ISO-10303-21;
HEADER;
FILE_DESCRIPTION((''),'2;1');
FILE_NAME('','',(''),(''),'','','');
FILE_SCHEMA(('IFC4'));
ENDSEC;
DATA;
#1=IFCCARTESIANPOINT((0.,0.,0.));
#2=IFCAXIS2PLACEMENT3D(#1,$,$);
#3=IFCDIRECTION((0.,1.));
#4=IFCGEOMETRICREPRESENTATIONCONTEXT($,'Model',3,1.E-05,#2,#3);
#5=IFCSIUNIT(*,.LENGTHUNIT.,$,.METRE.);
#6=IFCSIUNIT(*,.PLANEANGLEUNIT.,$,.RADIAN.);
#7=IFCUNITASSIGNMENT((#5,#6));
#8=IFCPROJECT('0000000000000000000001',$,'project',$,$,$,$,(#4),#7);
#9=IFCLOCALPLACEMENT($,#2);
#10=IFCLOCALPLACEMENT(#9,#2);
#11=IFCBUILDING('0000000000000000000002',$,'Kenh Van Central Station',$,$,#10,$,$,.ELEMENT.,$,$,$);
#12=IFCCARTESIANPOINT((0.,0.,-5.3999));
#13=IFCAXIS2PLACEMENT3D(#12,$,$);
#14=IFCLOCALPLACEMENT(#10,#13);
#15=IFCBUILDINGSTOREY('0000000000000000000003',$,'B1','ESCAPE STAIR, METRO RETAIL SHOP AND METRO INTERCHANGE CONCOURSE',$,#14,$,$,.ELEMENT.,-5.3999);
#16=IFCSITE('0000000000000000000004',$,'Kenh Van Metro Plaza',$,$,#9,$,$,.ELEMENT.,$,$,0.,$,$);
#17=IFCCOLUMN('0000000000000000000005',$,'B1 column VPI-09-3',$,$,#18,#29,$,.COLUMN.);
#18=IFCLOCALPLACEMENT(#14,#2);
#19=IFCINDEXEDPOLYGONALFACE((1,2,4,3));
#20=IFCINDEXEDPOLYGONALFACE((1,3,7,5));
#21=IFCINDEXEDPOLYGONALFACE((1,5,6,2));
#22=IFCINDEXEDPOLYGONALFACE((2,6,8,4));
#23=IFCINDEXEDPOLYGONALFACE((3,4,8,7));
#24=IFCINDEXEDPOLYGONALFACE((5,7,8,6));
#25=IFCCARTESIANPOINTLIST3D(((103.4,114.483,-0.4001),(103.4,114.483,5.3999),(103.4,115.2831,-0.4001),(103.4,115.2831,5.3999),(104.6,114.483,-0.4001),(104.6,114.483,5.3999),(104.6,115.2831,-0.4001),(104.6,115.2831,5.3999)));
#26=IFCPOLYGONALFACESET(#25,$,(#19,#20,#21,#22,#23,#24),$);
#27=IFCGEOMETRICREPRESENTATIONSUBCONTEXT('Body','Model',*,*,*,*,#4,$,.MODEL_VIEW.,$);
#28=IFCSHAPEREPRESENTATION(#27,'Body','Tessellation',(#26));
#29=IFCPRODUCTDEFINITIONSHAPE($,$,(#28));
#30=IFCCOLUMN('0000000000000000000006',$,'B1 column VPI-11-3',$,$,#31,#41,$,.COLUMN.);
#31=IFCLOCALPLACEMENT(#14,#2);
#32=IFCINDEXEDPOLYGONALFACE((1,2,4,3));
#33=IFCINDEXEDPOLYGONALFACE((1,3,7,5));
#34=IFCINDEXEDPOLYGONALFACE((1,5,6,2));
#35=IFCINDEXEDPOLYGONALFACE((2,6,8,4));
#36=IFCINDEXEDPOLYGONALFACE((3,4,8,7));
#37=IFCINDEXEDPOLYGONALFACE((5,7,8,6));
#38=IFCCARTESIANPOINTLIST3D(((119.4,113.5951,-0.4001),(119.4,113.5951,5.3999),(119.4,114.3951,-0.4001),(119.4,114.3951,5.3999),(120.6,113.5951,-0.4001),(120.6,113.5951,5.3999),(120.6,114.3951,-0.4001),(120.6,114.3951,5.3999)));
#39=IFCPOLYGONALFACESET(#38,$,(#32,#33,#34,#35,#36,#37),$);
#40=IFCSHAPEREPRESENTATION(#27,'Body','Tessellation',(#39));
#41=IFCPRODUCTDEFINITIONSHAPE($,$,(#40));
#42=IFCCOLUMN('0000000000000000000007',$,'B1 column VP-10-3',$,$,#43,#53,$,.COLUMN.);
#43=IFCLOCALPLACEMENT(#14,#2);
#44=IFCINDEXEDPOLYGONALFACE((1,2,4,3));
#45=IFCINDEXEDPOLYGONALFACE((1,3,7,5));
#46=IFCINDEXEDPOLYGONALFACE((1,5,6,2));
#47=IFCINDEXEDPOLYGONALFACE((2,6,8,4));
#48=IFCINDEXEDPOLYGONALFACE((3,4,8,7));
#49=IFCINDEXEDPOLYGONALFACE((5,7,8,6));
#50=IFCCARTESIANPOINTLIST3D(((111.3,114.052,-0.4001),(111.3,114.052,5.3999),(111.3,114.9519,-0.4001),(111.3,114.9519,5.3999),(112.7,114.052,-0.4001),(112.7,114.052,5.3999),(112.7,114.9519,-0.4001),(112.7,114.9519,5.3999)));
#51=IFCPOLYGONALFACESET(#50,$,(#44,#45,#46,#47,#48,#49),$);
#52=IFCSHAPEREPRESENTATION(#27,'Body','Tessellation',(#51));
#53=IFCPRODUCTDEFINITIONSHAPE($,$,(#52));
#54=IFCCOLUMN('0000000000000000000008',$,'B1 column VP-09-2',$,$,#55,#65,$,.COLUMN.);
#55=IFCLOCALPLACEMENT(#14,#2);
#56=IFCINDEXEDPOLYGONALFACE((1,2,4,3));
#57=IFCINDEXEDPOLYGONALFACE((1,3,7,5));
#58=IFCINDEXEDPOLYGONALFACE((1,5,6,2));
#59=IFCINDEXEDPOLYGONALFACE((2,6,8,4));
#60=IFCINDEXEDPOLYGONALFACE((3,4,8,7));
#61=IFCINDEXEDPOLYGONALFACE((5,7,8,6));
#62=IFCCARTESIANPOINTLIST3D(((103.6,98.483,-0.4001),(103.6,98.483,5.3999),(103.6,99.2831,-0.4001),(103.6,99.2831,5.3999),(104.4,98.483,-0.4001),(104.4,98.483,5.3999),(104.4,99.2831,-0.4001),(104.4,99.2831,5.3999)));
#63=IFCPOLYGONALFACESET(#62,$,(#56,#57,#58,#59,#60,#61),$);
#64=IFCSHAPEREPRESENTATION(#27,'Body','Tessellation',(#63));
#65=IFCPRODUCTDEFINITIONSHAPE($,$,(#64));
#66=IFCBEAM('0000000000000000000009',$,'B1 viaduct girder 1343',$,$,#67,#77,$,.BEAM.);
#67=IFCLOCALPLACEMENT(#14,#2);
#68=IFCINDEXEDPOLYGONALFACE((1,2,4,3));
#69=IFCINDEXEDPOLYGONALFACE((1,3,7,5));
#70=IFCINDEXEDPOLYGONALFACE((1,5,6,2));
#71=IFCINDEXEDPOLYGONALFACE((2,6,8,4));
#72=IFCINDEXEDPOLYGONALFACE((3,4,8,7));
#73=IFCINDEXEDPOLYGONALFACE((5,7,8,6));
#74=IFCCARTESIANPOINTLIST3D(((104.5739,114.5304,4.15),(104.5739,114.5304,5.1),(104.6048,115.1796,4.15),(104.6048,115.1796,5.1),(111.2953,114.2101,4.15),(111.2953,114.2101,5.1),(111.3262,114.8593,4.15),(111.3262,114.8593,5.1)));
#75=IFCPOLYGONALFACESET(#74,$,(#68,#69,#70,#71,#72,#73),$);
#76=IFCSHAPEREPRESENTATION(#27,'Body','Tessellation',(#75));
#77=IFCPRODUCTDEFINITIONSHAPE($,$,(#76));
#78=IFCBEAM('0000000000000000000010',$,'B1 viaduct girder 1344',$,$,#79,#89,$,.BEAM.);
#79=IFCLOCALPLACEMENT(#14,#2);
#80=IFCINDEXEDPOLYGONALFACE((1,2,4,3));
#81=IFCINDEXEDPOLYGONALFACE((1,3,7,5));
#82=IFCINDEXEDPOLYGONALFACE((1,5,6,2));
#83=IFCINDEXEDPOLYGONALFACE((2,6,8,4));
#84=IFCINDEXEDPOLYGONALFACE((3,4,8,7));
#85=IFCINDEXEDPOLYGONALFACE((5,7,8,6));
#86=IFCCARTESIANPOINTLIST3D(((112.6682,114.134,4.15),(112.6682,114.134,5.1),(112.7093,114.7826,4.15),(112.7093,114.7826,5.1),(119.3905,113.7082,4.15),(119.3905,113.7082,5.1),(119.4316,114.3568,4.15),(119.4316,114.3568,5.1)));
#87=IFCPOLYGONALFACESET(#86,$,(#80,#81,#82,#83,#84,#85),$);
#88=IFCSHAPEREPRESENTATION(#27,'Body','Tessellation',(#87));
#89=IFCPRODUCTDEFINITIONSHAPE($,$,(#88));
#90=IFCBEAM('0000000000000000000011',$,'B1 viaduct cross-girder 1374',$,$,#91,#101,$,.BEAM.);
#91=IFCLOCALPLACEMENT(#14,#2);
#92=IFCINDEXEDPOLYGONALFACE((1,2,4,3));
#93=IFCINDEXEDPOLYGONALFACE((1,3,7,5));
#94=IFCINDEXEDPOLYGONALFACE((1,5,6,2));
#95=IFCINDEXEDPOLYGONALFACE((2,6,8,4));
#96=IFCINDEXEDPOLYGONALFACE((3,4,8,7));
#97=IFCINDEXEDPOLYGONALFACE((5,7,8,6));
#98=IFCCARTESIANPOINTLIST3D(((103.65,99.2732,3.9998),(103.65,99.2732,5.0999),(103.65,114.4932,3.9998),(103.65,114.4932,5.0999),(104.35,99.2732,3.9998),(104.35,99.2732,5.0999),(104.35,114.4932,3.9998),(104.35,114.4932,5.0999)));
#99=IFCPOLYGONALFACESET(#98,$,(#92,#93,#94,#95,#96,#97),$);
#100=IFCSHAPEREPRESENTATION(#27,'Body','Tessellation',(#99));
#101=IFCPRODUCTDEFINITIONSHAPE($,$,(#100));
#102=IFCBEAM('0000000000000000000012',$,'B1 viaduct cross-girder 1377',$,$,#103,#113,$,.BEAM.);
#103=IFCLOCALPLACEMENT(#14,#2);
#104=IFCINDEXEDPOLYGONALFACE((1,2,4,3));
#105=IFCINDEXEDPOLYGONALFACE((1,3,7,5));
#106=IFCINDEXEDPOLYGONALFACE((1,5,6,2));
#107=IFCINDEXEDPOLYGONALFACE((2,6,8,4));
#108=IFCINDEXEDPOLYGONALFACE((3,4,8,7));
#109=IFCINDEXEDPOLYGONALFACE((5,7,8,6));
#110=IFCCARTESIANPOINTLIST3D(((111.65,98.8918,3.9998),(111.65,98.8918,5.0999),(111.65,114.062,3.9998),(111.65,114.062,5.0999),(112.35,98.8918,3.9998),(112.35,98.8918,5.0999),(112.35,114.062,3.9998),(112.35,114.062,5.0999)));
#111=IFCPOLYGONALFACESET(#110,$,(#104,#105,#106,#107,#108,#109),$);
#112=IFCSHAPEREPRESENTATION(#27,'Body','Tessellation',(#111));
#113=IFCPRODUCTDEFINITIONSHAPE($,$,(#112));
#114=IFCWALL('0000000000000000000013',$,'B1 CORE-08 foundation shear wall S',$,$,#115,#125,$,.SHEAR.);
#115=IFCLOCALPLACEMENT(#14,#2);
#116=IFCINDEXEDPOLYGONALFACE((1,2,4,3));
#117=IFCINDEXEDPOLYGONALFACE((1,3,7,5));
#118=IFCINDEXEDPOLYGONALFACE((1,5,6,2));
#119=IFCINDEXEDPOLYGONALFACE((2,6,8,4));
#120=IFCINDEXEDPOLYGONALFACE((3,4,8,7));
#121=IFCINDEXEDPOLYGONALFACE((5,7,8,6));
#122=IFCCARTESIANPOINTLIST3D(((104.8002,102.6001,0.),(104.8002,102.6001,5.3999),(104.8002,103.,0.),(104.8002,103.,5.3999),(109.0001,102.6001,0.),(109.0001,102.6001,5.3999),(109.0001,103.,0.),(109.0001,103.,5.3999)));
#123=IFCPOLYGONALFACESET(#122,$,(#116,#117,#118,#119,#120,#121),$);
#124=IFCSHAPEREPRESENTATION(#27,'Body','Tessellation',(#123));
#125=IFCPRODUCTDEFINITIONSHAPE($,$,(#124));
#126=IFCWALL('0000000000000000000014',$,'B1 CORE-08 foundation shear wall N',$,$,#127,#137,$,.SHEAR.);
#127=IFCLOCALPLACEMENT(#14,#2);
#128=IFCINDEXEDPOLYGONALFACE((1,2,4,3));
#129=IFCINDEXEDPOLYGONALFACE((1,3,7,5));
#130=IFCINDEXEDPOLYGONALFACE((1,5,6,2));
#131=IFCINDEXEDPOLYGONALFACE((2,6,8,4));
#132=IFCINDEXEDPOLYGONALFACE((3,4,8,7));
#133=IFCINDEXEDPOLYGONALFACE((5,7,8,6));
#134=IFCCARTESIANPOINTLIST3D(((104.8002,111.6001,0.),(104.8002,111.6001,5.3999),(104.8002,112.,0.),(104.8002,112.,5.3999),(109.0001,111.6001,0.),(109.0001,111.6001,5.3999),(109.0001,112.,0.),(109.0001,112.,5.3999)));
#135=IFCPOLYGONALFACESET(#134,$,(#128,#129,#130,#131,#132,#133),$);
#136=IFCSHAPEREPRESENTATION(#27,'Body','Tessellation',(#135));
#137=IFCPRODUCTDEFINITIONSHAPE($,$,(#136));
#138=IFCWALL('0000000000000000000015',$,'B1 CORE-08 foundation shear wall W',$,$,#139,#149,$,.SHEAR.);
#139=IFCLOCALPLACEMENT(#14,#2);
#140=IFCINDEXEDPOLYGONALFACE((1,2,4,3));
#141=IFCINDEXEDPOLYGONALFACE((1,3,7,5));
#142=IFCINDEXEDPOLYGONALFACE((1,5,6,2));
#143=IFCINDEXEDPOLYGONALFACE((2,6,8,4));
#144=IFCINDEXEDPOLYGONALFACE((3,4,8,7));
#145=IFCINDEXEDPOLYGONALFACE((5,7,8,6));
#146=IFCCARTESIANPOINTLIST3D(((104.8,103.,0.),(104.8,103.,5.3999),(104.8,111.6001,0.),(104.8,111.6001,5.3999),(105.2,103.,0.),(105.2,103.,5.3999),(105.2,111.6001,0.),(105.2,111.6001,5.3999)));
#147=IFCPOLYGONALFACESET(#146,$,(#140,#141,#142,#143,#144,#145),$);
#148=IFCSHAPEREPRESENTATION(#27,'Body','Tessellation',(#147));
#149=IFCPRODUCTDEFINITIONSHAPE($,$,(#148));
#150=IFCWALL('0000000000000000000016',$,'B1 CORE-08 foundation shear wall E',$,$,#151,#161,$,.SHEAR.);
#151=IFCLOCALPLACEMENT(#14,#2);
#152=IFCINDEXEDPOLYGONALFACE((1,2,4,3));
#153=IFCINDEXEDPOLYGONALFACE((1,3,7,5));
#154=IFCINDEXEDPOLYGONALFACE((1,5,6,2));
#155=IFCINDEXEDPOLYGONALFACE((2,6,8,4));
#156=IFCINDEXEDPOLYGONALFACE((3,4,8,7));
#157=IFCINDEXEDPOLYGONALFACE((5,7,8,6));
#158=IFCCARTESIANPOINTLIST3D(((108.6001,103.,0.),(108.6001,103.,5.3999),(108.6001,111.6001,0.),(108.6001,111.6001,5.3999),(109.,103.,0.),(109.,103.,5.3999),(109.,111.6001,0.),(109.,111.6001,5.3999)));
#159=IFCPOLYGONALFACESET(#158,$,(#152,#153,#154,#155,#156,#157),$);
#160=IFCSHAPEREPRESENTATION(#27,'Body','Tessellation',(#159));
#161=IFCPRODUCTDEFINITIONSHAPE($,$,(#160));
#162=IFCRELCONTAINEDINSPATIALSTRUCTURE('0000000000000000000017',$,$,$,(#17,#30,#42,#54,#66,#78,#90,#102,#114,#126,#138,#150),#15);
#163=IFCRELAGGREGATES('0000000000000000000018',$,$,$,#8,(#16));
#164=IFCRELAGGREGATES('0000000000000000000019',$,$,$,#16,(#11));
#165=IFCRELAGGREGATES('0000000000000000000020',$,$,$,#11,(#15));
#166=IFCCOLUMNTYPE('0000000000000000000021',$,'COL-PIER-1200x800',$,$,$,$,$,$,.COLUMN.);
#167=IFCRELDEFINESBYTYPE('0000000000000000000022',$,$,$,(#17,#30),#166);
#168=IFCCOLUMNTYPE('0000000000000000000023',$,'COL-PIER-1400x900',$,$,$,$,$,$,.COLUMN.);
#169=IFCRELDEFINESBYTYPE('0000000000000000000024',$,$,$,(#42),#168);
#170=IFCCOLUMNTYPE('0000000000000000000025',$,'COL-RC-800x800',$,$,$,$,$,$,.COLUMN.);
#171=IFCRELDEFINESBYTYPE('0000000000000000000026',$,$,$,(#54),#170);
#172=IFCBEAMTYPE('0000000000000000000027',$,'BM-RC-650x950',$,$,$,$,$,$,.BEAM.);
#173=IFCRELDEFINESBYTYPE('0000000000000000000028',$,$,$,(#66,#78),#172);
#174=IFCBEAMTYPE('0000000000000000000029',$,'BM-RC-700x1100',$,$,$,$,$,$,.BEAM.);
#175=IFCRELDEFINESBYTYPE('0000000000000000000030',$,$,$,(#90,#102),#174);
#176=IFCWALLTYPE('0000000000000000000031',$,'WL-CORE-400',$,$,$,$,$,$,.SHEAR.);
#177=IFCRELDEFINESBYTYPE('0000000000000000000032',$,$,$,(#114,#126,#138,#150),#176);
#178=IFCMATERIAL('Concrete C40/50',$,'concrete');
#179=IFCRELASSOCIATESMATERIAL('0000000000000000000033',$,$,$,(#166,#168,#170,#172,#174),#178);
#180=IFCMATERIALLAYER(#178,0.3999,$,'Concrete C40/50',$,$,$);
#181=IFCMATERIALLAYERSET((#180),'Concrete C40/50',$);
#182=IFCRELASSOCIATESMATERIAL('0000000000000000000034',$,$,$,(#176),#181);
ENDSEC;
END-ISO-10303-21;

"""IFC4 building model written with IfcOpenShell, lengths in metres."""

from ifc_helpers import new_model, si_unit, direction, frame, frame_2d, origin, origin_2d, place, context, subcontext, project, spatial, rectangle, extrude, material, layer, layer_set, material_profile, profile_set, type_object, element, save


model = new_model("IFC4")

# Units and contexts
model_context = context("Model", 3, precision=1e-05, world=origin(), true_north=direction((0.0, 1.0)))
body_context = subcontext(model_context, "Body", "Model", "MODEL_VIEW")
ifc_project = project(units=[si_unit("LENGTHUNIT", "METRE"), si_unit("PLANEANGLEUNIT", "RADIAN")], contexts=[model_context])

# Site, building, storey
site_placement = place(None, origin())
site = spatial("IfcSite", under=ifc_project, at=site_placement, Name="Kenh Van Metro Plaza", CompositionType="ELEMENT", RefElevation=0.0)
building_placement = place(site_placement, origin())
building = spatial("IfcBuilding", under=site, at=building_placement, Name="Kenh Van Central Station", CompositionType="ELEMENT")
storey_placement = place(building_placement, frame((0.0, 0.0, -5.3999)))
storey = spatial("IfcBuildingStorey", under=building, at=storey_placement, Name="B1", Description="ESCAPE STAIR, METRO RETAIL SHOP AND METRO INTERCHANGE CONCOURSE", CompositionType="ELEMENT", Elevation=-5.3999)

# Shared definitions
ifc_material = material(Name="Concrete C40/50", Category="concrete")

# Columns
ifc_material_profile_1 = material_profile(ifc_material, rectangle(XDim=1.2, YDim=0.8, at=origin_2d()), Name="RC 1200x800")
ifc_profile_set_1 = profile_set([ifc_material_profile_1], Name="Concrete C40/50")
column_type_1 = type_object("IfcColumnType", Name="COL-PIER-1200x800", PredefinedType="COLUMN", material=ifc_profile_set_1)
for number, where, z_axis, x_axis, name in (
    (1, (104.0, 114.8831, -0.4001), (0.0, 0.0, 1.0), (1.0, 0.0, 0.0), "B1 column VPI-09-3"),
    (2, (120.0, 113.9951, -0.4001), (0.0, 0.0, 1.0), (1.0, 0.0, 0.0), "B1 column VPI-11-3"),
):
    element("IfcColumn", number, at=place(storey_placement, frame(where, z_axis=z_axis, x_axis=x_axis)), inside=storey, type_object=column_type_1, Name=name, PredefinedType="COLUMN", context=body_context, shape_type="SweptSolid", body=[
        extrude(rectangle(XDim=1.2, YDim=0.8, at=origin_2d()), origin(), (0.0, 0.0, 1.0), 5.8),
    ])
ifc_material_profile_2 = material_profile(ifc_material, rectangle(XDim=1.3999, YDim=0.8999, at=origin_2d()), Name="RC 1400x900")
ifc_profile_set_2 = profile_set([ifc_material_profile_2], Name="Concrete C40/50")
column_type_2 = type_object("IfcColumnType", Name="COL-PIER-1400x900", PredefinedType="COLUMN", material=ifc_profile_set_2)
column_1_placement = place(storey_placement, frame((112.0, 114.502, -0.4001), z_axis=(0.0, 0.0, 1.0), x_axis=(1.0, 0.0, 0.0)))
element("IfcColumn", 3, at=column_1_placement, inside=storey, type_object=column_type_2, Name="B1 column VP-10-3", PredefinedType="COLUMN", context=body_context, shape_type="SweptSolid", body=[
    extrude(rectangle(XDim=1.3999, YDim=0.8999, at=origin_2d()), origin(), (0.0, 0.0, 1.0), 5.8),
])
ifc_material_profile_3 = material_profile(ifc_material, rectangle(XDim=0.8, YDim=0.8, at=origin_2d()), Name="RC 800x800")
ifc_profile_set_3 = profile_set([ifc_material_profile_3], Name="Concrete C40/50")
column_type_3 = type_object("IfcColumnType", Name="COL-RC-800x800", PredefinedType="COLUMN", material=ifc_profile_set_3)
column_2_placement = place(storey_placement, frame((104.0, 98.8831, -0.4001), z_axis=(0.0, 0.0, 1.0), x_axis=(1.0, 0.0, 0.0)))
element("IfcColumn", 4, at=column_2_placement, inside=storey, type_object=column_type_3, Name="B1 column VP-09-2", PredefinedType="COLUMN", context=body_context, shape_type="SweptSolid", body=[
    extrude(rectangle(XDim=0.8, YDim=0.8, at=origin_2d()), origin(), (0.0, 0.0, 1.0), 5.8),
])

# Beams
ifc_material_profile_4 = material_profile(ifc_material, rectangle(XDim=0.6499, YDim=0.95, at=origin_2d()), Name="RC 650x950")
ifc_profile_set_4 = profile_set([ifc_material_profile_4], Name="Concrete C40/50")
beam_type_1 = type_object("IfcBeamType", Name="BM-RC-650x950", PredefinedType="BEAM", material=ifc_profile_set_4)
beam_1_placement = place(storey_placement, frame((104.5894, 114.855, 4.625), z_axis=(0.998866, -0.047601, 0.0), x_axis=(0.047601, 0.998866, 0.0)))
element("IfcBeam", 5, at=beam_1_placement, inside=storey, type_object=beam_type_1, Name="B1 viaduct girder 1343", PredefinedType="BEAM", context=body_context, shape_type="SweptSolid", body=[
    extrude(rectangle(XDim=0.6499, YDim=0.95, at=origin_2d()), origin(), (0.0, 0.0, 1.0), 6.729),
])
beam_2_placement = place(storey_placement, frame((112.6887, 114.4583, 4.625), z_axis=(0.998, -0.063211, 0.0), x_axis=(0.063211, 0.998, 0.0)))
element("IfcBeam", 6, at=beam_2_placement, inside=storey, type_object=beam_type_1, Name="B1 viaduct girder 1344", PredefinedType="BEAM", context=body_context, shape_type="SweptSolid", body=[
    extrude(rectangle(XDim=0.6499, YDim=0.95, at=origin_2d()), origin(), (0.0, 0.0, 1.0), 6.7358),
])
ifc_material_profile_5 = material_profile(ifc_material, rectangle(XDim=0.7, YDim=1.1001, at=origin_2d()), Name="RC 700x1100")
ifc_profile_set_5 = profile_set([ifc_material_profile_5], Name="Concrete C40/50")
beam_type_2 = type_object("IfcBeamType", Name="BM-RC-700x1100", PredefinedType="BEAM", material=ifc_profile_set_5)
beam_3_placement = place(storey_placement, frame((104.0, 99.2732, 4.5498), z_axis=(0.0, 1.0, 0.0), x_axis=(-1.0, 0.0, 0.0)))
element("IfcBeam", 7, at=beam_3_placement, inside=storey, type_object=beam_type_2, Name="B1 viaduct cross-girder 1374", PredefinedType="BEAM", context=body_context, shape_type="SweptSolid", body=[
    extrude(rectangle(XDim=0.7, YDim=1.1001, at=origin_2d()), origin(), (0.0, 0.0, 1.0), 15.22),
])
beam_4_placement = place(storey_placement, frame((112.0, 98.8918, 4.5498), z_axis=(0.0, 1.0, 0.0), x_axis=(-1.0, 0.0, 0.0)))
element("IfcBeam", 8, at=beam_4_placement, inside=storey, type_object=beam_type_2, Name="B1 viaduct cross-girder 1377", PredefinedType="BEAM", context=body_context, shape_type="SweptSolid", body=[
    extrude(rectangle(XDim=0.7, YDim=1.1001, at=origin_2d()), origin(), (0.0, 0.0, 1.0), 15.1702),
])

# Walls
ifc_layer = layer(ifc_material, 0.3999, Name="Concrete C40/50")
ifc_layer_set = layer_set([ifc_layer], Name="Concrete C40/50")
wall_type = type_object("IfcWallType", Name="WL-CORE-400", PredefinedType="SHEAR", material=ifc_layer_set)
for number, where, z_axis, x_axis, name in (
    (9, (104.8, 102.8, 0.0), (0.0, 0.0, 1.0), (1.0, 0.0, 0.0), "B1 CORE-08 foundation shear wall S"),
    (10, (104.8, 111.8, 0.0), (0.0, 0.0, 1.0), (1.0, 0.0, 0.0), "B1 CORE-08 foundation shear wall N"),
):
    element("IfcWall", number, at=place(storey_placement, frame(where, z_axis=z_axis, x_axis=x_axis)), inside=storey, type_object=wall_type, Name=name, PredefinedType="SHEAR", context=body_context, shape_type="SweptSolid", body=[
        extrude(rectangle(XDim=4.2, YDim=0.3999, at=frame_2d((2.1001, 0.0))), origin(), (0.0, 0.0, 1.0), 5.3999),
    ])
for number, where, z_axis, x_axis, name in (
    (11, (105.0, 103.0, 0.0), (0.0, 0.0, 1.0), (0.0, 1.0, 0.0), "B1 CORE-08 foundation shear wall W"),
    (12, (108.8, 103.0, 0.0), (0.0, 0.0, 1.0), (0.0, 1.0, 0.0), "B1 CORE-08 foundation shear wall E"),
):
    element("IfcWall", number, at=place(storey_placement, frame(where, z_axis=z_axis, x_axis=x_axis)), inside=storey, type_object=wall_type, Name=name, PredefinedType="SHEAR", context=body_context, shape_type="SweptSolid", body=[
        extrude(rectangle(XDim=8.6001, YDim=0.3999, at=frame_2d((4.3, 0.0))), origin(), (0.0, 0.0, 1.0), 5.3999),
    ])

save(model, "model.ifc")
